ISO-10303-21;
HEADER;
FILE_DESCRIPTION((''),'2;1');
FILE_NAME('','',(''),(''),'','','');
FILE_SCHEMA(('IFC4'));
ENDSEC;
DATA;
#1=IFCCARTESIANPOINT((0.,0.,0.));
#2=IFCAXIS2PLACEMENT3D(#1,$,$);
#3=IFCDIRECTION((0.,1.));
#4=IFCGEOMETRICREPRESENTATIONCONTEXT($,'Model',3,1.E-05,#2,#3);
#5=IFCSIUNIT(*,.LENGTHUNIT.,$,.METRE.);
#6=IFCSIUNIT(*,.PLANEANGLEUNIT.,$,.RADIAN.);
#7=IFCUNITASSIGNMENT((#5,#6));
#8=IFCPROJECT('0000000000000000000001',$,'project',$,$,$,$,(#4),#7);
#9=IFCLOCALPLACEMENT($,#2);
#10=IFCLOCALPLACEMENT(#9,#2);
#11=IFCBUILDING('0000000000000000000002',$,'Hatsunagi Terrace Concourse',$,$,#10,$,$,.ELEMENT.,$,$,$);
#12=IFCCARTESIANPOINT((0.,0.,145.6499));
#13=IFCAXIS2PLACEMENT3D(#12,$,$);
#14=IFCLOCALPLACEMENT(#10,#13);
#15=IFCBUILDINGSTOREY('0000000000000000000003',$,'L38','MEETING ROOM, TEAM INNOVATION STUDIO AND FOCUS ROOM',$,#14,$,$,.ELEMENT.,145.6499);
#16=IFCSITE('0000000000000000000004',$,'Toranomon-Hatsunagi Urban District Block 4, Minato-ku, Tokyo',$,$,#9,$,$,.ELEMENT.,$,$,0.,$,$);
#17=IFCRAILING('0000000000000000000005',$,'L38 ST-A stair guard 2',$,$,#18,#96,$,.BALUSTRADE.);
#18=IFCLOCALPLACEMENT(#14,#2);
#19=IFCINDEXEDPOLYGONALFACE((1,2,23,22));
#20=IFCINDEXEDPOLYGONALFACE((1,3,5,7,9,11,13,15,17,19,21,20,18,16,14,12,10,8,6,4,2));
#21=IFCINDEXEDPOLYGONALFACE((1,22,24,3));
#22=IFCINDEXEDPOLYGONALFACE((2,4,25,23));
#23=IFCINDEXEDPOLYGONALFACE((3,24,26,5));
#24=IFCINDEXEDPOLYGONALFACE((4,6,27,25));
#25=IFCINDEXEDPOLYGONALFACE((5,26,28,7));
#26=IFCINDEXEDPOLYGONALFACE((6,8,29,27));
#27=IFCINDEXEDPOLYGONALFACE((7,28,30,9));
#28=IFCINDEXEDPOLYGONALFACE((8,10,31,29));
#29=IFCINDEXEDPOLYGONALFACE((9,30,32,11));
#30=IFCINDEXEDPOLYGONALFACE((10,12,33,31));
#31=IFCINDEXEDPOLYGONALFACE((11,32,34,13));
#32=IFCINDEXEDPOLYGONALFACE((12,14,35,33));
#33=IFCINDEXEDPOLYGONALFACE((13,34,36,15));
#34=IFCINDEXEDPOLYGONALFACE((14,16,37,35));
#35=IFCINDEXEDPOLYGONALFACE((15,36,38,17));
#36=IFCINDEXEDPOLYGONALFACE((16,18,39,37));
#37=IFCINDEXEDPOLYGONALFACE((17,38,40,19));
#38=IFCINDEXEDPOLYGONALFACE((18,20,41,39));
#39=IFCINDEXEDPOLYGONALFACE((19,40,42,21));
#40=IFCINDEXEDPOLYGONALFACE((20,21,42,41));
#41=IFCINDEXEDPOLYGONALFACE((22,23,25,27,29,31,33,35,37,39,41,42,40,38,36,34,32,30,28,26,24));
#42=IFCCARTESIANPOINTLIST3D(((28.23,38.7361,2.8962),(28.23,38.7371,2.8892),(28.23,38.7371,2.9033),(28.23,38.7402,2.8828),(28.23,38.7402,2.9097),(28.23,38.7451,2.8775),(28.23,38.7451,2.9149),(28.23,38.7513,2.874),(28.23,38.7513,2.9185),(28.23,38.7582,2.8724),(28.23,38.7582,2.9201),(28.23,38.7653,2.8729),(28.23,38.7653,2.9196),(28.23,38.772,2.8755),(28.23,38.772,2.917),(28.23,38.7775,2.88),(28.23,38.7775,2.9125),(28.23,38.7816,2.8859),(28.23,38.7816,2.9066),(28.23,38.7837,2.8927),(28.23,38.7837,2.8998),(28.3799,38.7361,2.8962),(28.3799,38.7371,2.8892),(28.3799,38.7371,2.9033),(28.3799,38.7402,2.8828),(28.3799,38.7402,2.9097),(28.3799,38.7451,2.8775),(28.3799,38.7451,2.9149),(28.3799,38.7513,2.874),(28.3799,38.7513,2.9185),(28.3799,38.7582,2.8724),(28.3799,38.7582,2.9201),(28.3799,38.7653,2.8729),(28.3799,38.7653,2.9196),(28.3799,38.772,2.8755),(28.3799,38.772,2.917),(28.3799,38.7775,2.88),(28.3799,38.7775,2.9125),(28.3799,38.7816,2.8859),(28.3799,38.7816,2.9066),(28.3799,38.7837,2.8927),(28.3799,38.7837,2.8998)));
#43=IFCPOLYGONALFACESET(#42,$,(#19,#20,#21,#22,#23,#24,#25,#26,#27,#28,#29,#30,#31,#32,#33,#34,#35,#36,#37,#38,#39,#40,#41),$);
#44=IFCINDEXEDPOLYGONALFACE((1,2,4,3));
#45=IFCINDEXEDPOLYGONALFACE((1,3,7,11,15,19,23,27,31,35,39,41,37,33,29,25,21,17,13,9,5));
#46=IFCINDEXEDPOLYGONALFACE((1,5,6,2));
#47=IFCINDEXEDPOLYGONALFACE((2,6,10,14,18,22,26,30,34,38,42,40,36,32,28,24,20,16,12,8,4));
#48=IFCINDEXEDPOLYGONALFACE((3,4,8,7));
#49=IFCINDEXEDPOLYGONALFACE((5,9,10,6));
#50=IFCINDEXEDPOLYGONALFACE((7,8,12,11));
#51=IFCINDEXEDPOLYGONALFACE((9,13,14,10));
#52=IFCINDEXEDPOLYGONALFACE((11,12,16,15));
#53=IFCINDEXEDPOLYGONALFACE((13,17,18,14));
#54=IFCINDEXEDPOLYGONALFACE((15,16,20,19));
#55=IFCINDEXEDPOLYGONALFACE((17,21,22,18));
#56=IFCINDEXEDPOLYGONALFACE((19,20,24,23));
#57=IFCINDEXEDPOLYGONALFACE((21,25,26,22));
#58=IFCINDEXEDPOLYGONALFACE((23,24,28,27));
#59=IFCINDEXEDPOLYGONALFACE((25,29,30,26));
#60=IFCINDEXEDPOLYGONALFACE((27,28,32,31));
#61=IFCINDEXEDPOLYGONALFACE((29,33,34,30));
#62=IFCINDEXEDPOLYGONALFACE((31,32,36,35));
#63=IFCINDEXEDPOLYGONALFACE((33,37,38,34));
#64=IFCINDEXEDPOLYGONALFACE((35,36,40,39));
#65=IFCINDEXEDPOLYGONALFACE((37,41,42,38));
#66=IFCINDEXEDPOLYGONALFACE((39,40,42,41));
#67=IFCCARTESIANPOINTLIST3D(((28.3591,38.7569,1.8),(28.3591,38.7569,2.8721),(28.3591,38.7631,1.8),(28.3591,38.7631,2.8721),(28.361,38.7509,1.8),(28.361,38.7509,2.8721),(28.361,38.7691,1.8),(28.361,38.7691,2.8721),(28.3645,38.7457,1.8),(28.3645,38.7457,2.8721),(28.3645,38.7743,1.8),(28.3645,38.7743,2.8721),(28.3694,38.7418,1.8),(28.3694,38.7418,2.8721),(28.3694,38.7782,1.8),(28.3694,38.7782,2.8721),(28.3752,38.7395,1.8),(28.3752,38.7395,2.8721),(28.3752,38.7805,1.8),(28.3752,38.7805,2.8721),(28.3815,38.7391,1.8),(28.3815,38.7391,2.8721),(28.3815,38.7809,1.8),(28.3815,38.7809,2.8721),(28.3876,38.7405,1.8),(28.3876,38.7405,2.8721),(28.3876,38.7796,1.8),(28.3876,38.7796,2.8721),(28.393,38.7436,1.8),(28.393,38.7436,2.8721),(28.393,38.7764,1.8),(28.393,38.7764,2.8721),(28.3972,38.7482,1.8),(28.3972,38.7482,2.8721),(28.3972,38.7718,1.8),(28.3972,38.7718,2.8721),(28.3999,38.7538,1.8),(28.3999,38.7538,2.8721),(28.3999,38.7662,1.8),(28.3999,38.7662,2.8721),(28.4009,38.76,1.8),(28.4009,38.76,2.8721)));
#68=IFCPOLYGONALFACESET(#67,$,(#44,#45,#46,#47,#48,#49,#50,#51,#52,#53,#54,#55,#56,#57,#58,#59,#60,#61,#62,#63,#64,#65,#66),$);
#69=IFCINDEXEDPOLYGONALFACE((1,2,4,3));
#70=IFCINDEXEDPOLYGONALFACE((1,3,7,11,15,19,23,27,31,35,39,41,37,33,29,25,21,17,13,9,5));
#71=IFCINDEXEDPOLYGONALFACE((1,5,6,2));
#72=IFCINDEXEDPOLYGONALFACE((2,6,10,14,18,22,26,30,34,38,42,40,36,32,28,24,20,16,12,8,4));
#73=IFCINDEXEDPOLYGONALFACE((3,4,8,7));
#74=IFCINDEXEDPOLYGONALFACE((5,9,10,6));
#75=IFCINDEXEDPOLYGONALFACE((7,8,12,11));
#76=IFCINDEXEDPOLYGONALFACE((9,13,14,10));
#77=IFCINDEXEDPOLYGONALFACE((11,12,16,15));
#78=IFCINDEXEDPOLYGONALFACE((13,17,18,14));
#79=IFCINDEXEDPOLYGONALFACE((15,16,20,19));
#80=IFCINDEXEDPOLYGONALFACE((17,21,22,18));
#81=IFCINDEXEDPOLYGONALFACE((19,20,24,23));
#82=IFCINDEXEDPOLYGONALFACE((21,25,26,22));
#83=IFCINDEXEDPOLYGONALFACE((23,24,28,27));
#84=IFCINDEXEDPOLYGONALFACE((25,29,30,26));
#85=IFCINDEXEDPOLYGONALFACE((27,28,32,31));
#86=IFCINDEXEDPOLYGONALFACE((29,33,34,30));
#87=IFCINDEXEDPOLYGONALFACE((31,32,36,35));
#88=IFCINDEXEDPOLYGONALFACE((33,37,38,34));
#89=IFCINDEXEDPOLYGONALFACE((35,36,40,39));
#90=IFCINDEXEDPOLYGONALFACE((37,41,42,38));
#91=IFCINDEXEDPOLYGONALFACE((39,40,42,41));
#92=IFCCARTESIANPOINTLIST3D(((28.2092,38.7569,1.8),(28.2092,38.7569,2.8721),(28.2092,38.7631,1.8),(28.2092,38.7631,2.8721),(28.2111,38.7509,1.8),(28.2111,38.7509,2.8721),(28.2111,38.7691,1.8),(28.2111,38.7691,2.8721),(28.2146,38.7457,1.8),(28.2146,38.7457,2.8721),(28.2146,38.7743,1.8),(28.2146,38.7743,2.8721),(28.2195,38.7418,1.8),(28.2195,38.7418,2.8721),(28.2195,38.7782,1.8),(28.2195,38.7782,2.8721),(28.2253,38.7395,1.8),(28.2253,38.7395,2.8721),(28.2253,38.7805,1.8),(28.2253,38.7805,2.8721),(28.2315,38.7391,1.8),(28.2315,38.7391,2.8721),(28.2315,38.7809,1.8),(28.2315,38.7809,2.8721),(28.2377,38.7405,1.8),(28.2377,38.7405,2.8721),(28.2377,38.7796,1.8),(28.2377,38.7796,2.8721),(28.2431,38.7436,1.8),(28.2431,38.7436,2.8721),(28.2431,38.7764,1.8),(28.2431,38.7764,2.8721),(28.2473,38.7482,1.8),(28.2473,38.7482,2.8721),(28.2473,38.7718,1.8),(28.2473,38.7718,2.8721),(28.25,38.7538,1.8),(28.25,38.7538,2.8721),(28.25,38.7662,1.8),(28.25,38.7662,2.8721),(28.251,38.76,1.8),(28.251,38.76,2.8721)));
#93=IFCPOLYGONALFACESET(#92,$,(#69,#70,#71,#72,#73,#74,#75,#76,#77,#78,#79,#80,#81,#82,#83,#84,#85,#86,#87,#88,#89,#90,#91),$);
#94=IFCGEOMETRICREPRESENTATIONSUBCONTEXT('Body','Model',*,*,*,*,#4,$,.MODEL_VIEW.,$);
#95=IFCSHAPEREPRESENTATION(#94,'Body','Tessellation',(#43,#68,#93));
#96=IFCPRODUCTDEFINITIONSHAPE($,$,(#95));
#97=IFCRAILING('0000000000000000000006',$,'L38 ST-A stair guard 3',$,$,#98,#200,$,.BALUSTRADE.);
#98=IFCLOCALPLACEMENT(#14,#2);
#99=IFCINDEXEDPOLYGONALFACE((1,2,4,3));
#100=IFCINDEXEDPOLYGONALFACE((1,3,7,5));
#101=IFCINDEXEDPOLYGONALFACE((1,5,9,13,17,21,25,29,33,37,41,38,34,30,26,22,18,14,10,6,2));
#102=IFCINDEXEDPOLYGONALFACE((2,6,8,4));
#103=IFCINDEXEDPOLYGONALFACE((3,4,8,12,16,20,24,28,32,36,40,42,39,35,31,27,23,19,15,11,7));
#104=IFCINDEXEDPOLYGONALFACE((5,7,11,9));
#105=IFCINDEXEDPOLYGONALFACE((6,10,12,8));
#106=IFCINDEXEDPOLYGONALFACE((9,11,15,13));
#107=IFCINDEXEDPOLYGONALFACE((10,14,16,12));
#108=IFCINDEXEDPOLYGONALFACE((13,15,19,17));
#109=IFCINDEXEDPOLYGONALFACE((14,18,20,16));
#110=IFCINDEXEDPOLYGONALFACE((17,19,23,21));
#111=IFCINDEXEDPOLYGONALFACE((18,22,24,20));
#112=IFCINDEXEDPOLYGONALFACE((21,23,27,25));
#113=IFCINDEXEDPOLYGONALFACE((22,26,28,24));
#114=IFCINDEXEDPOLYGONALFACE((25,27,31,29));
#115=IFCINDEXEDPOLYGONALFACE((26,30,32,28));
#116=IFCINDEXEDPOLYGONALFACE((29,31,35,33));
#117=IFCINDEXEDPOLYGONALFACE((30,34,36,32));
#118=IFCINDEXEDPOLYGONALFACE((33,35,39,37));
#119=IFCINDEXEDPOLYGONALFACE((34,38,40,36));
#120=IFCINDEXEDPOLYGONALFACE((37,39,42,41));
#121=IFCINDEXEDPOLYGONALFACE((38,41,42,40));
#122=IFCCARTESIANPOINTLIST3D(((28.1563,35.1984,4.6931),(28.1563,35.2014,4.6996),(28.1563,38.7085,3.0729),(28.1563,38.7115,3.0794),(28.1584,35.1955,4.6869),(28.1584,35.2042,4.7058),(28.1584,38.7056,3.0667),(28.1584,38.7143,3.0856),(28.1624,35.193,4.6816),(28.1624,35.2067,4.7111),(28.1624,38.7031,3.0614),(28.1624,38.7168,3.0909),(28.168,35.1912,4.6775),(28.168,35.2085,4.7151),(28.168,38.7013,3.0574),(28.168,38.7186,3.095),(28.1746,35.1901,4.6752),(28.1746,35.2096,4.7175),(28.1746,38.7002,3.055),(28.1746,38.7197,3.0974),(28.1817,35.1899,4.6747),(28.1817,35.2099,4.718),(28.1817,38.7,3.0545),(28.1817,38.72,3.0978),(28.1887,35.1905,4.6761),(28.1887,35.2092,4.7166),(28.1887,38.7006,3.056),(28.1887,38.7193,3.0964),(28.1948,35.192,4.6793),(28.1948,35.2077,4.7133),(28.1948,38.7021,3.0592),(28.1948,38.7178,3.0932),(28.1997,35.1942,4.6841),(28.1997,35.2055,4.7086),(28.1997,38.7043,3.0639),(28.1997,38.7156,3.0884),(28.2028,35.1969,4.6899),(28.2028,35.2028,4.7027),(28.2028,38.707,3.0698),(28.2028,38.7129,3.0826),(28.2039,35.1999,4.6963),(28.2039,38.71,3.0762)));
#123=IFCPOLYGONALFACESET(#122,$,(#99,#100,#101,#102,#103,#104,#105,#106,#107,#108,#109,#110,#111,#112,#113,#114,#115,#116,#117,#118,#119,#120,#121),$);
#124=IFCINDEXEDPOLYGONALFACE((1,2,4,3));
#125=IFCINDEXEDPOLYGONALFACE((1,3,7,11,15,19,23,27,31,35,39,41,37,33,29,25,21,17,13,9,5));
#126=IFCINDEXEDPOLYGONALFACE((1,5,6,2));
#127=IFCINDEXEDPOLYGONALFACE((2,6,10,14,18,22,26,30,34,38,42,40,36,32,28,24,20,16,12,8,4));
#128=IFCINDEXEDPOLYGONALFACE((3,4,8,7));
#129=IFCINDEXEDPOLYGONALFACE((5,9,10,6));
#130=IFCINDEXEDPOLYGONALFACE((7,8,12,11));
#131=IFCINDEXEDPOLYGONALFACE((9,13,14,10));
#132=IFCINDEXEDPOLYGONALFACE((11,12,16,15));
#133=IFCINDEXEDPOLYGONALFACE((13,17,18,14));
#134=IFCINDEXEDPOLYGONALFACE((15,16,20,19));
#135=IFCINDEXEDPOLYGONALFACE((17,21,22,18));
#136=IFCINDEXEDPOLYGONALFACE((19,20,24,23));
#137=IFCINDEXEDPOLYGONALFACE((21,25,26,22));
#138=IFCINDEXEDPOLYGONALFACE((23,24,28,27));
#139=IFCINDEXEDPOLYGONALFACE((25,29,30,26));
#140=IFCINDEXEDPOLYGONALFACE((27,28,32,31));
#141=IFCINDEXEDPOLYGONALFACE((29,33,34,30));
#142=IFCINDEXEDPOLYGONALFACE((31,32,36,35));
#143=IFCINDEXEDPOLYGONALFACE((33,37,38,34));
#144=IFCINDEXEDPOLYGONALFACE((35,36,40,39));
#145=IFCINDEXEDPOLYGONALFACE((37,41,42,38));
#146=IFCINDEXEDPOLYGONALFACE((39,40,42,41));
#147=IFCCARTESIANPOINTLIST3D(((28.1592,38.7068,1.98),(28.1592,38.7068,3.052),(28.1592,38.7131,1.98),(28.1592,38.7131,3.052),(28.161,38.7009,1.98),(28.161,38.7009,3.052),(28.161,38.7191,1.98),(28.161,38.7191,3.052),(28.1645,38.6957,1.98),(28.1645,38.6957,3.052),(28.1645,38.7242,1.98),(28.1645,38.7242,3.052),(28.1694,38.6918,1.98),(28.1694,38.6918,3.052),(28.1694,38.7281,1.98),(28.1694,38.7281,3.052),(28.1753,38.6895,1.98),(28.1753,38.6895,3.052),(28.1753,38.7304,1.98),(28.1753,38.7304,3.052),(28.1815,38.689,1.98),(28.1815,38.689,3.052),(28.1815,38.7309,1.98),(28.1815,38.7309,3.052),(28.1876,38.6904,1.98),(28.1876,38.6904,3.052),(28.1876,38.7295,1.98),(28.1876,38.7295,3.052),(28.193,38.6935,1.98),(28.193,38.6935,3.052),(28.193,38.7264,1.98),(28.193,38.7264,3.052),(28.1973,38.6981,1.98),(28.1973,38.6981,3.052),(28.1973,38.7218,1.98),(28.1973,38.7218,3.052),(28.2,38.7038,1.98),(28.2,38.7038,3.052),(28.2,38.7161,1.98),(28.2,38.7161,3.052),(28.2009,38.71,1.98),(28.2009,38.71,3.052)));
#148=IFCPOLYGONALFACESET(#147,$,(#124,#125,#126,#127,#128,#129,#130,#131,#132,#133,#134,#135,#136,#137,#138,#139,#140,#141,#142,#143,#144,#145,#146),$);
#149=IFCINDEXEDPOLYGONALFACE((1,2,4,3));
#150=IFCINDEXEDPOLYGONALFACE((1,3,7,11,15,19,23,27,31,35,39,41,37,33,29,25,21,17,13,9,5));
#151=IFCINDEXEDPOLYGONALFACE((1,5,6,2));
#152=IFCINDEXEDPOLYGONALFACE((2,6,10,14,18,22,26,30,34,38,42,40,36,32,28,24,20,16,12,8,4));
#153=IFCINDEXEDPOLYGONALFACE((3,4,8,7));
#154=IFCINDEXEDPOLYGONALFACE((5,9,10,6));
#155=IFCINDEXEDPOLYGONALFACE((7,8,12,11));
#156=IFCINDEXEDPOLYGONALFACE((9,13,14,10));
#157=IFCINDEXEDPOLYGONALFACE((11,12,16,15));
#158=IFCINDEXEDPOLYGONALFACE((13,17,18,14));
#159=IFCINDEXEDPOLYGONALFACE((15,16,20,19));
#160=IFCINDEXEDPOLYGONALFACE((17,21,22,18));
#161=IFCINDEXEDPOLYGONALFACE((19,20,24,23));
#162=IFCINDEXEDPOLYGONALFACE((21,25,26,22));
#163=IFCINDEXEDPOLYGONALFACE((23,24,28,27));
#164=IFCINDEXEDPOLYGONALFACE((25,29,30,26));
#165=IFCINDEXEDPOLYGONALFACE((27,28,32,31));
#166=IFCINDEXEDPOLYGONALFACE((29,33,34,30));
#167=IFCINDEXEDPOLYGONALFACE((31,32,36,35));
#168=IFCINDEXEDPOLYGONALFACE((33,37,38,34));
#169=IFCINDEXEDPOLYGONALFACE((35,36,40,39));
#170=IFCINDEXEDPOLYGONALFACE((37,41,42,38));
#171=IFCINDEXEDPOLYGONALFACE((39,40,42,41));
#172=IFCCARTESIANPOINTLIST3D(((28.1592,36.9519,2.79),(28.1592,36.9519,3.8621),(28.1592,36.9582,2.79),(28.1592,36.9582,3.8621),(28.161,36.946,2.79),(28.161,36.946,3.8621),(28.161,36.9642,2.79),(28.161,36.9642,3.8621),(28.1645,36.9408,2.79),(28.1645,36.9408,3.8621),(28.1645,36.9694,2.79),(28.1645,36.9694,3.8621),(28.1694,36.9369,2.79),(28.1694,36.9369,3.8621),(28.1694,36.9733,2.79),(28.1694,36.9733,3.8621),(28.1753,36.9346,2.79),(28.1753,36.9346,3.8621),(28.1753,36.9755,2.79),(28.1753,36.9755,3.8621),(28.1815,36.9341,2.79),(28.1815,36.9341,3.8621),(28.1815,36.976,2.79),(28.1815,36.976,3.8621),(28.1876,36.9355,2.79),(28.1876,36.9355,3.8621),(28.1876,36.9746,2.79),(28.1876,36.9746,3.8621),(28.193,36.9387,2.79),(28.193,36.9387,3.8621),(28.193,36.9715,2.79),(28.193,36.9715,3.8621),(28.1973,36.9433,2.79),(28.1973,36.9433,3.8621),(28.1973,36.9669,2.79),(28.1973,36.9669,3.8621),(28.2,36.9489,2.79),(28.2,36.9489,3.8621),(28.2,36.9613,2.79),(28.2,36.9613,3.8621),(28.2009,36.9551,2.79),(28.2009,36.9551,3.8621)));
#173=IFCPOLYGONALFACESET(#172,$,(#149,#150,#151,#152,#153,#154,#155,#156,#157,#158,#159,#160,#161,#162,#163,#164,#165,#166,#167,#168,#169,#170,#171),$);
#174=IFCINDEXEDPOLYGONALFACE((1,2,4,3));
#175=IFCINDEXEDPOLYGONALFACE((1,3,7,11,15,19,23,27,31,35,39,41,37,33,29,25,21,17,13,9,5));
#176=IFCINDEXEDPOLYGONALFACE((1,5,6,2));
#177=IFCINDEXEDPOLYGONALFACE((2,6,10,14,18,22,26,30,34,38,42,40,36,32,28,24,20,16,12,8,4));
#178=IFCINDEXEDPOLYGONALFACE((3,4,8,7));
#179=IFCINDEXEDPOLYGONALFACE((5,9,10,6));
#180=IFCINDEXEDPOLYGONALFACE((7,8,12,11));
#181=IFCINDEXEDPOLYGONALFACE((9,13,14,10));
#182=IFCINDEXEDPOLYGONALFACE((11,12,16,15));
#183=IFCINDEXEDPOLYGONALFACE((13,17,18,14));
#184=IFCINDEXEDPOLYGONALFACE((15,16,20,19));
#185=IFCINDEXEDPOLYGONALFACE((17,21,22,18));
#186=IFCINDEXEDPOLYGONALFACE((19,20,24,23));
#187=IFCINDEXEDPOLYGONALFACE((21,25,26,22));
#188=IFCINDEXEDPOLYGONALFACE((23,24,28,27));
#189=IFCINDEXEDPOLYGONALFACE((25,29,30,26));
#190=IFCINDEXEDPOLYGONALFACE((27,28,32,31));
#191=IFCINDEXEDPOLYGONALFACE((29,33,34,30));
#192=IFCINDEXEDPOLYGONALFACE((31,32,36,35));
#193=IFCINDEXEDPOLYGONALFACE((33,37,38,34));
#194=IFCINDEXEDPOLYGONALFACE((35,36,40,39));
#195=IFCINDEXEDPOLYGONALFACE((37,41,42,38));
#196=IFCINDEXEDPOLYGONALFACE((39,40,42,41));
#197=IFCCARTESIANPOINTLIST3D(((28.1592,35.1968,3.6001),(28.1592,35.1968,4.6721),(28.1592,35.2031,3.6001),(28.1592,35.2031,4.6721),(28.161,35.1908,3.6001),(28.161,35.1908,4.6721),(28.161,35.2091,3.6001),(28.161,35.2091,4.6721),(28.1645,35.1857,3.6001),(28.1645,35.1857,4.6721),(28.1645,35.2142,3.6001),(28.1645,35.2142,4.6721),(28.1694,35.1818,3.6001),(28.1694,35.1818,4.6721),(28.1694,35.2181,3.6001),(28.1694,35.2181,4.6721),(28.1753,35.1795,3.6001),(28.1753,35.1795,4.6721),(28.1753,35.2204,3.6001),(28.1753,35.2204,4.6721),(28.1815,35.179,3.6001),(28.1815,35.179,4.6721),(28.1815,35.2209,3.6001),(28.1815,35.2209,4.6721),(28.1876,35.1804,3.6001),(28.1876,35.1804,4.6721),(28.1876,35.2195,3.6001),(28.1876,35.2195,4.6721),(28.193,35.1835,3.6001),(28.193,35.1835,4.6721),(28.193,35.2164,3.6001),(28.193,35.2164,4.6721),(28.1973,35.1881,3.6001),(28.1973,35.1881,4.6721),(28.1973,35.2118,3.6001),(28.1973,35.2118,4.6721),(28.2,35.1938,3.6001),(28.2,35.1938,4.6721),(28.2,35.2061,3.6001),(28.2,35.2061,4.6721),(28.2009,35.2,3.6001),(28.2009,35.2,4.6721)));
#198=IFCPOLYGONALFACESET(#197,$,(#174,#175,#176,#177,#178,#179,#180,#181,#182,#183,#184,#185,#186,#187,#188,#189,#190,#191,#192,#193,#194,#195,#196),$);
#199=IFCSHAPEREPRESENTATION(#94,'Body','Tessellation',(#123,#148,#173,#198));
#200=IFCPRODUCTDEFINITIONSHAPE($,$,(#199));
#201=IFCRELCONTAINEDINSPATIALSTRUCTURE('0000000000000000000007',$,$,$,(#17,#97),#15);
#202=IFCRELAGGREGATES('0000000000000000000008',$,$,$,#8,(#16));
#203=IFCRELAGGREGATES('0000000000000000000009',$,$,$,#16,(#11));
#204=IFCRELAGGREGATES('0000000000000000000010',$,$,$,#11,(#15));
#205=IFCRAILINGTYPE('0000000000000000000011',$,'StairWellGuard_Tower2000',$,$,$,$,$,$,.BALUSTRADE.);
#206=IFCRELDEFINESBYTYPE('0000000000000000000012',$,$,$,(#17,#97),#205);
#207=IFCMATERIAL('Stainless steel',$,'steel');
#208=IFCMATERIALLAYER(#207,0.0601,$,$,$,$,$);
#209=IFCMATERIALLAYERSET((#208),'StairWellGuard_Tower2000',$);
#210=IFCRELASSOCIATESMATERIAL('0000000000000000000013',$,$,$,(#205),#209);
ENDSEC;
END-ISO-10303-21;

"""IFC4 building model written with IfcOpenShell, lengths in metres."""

from ifc_helpers import new_model, si_unit, direction, frame, origin, origin_2d, place, context, subcontext, project, spatial, circle, extrude, material, layer, layer_set, type_object, element, save


model = new_model("IFC4")

# Units and contexts
model_context = context("Model", 3, precision=1e-05, world=origin(), true_north=direction((0.0, 1.0)))
body_context = subcontext(model_context, "Body", "Model", "MODEL_VIEW")
ifc_project = project(units=[si_unit("LENGTHUNIT", "METRE"), si_unit("PLANEANGLEUNIT", "RADIAN")], contexts=[model_context])

# Site, building, storey
site_placement = place(None, origin())
site = spatial("IfcSite", under=ifc_project, at=site_placement, Name="Toranomon-Hatsunagi Urban District Block 4, Minato-ku, Tokyo", CompositionType="ELEMENT", RefElevation=0.0)
building_placement = place(site_placement, origin())
building = spatial("IfcBuilding", under=site, at=building_placement, Name="Hatsunagi Terrace Concourse", CompositionType="ELEMENT")
storey_placement = place(building_placement, frame((0.0, 0.0, 145.6499)))
storey = spatial("IfcBuildingStorey", under=building, at=storey_placement, Name="L38", Description="MEETING ROOM, TEAM INNOVATION STUDIO AND FOCUS ROOM", CompositionType="ELEMENT", Elevation=145.6499)

# Railings
ifc_material_1 = material(Name="Stainless steel", Category="steel")
ifc_layer_1 = layer(ifc_material_1, 0.0601)
ifc_layer_set_1 = layer_set([ifc_layer_1], Name="StairWellGuard_Tower2000")
railing_type = type_object("IfcRailingType", Name="StairWellGuard_Tower2000", PredefinedType="BALUSTRADE", material=ifc_layer_set_1)
railing_1_placement = place(storey_placement, frame((28.3799, 38.76, 1.8)))
element("IfcRailing", 1, at=railing_1_placement, inside=storey, type_object=railing_type, Name="L38 ST-A stair guard 2", PredefinedType="BALUSTRADE", context=body_context, shape_type="SweptSolid", body=[
    extrude(circle(Radius=0.0239, at=origin_2d()), frame((0.0, 0.0, 1.0962), z_axis=(-1.0, 0.0, 0.0), x_axis=(0.0, -1.0, 0.0)), (0.0, 0.0, 1.0), 0.1499),
    extrude(circle(Radius=0.021, at=origin_2d()), origin(), (0.0, 0.0, 1.0), 1.072),
    extrude(circle(Radius=0.021, at=origin_2d()), frame((-0.1499, 0.0, 0.0)), (0.0, 0.0, 1.0), 1.072),
])
railing_2_placement = place(storey_placement, frame((28.1799, 38.71, 1.98)))
element("IfcRailing", 2, at=railing_2_placement, inside=storey, type_object=railing_type, Name="L38 ST-A stair guard 3", PredefinedType="BALUSTRADE", context=body_context, shape_type="SweptSolid", body=[
    extrude(circle(Radius=0.0239, at=origin_2d()), frame((0.0, 0.0, 1.0962), z_axis=(0.0, -0.907948, 0.419082), x_axis=(1.0, 0.0, 0.0)), (0.0, 0.0, 1.0), 3.866),
    extrude(circle(Radius=0.021, at=origin_2d()), origin(), (0.0, 0.0, 1.0), 1.072),
    extrude(circle(Radius=0.021, at=origin_2d()), frame((0.0, -1.7549, 0.8101)), (0.0, 0.0, 1.0), 1.072),
    extrude(circle(Radius=0.021, at=origin_2d()), frame((0.0, -3.51, 1.6201)), (0.0, 0.0, 1.0), 1.072),
])

save(model, "model.ifc")
